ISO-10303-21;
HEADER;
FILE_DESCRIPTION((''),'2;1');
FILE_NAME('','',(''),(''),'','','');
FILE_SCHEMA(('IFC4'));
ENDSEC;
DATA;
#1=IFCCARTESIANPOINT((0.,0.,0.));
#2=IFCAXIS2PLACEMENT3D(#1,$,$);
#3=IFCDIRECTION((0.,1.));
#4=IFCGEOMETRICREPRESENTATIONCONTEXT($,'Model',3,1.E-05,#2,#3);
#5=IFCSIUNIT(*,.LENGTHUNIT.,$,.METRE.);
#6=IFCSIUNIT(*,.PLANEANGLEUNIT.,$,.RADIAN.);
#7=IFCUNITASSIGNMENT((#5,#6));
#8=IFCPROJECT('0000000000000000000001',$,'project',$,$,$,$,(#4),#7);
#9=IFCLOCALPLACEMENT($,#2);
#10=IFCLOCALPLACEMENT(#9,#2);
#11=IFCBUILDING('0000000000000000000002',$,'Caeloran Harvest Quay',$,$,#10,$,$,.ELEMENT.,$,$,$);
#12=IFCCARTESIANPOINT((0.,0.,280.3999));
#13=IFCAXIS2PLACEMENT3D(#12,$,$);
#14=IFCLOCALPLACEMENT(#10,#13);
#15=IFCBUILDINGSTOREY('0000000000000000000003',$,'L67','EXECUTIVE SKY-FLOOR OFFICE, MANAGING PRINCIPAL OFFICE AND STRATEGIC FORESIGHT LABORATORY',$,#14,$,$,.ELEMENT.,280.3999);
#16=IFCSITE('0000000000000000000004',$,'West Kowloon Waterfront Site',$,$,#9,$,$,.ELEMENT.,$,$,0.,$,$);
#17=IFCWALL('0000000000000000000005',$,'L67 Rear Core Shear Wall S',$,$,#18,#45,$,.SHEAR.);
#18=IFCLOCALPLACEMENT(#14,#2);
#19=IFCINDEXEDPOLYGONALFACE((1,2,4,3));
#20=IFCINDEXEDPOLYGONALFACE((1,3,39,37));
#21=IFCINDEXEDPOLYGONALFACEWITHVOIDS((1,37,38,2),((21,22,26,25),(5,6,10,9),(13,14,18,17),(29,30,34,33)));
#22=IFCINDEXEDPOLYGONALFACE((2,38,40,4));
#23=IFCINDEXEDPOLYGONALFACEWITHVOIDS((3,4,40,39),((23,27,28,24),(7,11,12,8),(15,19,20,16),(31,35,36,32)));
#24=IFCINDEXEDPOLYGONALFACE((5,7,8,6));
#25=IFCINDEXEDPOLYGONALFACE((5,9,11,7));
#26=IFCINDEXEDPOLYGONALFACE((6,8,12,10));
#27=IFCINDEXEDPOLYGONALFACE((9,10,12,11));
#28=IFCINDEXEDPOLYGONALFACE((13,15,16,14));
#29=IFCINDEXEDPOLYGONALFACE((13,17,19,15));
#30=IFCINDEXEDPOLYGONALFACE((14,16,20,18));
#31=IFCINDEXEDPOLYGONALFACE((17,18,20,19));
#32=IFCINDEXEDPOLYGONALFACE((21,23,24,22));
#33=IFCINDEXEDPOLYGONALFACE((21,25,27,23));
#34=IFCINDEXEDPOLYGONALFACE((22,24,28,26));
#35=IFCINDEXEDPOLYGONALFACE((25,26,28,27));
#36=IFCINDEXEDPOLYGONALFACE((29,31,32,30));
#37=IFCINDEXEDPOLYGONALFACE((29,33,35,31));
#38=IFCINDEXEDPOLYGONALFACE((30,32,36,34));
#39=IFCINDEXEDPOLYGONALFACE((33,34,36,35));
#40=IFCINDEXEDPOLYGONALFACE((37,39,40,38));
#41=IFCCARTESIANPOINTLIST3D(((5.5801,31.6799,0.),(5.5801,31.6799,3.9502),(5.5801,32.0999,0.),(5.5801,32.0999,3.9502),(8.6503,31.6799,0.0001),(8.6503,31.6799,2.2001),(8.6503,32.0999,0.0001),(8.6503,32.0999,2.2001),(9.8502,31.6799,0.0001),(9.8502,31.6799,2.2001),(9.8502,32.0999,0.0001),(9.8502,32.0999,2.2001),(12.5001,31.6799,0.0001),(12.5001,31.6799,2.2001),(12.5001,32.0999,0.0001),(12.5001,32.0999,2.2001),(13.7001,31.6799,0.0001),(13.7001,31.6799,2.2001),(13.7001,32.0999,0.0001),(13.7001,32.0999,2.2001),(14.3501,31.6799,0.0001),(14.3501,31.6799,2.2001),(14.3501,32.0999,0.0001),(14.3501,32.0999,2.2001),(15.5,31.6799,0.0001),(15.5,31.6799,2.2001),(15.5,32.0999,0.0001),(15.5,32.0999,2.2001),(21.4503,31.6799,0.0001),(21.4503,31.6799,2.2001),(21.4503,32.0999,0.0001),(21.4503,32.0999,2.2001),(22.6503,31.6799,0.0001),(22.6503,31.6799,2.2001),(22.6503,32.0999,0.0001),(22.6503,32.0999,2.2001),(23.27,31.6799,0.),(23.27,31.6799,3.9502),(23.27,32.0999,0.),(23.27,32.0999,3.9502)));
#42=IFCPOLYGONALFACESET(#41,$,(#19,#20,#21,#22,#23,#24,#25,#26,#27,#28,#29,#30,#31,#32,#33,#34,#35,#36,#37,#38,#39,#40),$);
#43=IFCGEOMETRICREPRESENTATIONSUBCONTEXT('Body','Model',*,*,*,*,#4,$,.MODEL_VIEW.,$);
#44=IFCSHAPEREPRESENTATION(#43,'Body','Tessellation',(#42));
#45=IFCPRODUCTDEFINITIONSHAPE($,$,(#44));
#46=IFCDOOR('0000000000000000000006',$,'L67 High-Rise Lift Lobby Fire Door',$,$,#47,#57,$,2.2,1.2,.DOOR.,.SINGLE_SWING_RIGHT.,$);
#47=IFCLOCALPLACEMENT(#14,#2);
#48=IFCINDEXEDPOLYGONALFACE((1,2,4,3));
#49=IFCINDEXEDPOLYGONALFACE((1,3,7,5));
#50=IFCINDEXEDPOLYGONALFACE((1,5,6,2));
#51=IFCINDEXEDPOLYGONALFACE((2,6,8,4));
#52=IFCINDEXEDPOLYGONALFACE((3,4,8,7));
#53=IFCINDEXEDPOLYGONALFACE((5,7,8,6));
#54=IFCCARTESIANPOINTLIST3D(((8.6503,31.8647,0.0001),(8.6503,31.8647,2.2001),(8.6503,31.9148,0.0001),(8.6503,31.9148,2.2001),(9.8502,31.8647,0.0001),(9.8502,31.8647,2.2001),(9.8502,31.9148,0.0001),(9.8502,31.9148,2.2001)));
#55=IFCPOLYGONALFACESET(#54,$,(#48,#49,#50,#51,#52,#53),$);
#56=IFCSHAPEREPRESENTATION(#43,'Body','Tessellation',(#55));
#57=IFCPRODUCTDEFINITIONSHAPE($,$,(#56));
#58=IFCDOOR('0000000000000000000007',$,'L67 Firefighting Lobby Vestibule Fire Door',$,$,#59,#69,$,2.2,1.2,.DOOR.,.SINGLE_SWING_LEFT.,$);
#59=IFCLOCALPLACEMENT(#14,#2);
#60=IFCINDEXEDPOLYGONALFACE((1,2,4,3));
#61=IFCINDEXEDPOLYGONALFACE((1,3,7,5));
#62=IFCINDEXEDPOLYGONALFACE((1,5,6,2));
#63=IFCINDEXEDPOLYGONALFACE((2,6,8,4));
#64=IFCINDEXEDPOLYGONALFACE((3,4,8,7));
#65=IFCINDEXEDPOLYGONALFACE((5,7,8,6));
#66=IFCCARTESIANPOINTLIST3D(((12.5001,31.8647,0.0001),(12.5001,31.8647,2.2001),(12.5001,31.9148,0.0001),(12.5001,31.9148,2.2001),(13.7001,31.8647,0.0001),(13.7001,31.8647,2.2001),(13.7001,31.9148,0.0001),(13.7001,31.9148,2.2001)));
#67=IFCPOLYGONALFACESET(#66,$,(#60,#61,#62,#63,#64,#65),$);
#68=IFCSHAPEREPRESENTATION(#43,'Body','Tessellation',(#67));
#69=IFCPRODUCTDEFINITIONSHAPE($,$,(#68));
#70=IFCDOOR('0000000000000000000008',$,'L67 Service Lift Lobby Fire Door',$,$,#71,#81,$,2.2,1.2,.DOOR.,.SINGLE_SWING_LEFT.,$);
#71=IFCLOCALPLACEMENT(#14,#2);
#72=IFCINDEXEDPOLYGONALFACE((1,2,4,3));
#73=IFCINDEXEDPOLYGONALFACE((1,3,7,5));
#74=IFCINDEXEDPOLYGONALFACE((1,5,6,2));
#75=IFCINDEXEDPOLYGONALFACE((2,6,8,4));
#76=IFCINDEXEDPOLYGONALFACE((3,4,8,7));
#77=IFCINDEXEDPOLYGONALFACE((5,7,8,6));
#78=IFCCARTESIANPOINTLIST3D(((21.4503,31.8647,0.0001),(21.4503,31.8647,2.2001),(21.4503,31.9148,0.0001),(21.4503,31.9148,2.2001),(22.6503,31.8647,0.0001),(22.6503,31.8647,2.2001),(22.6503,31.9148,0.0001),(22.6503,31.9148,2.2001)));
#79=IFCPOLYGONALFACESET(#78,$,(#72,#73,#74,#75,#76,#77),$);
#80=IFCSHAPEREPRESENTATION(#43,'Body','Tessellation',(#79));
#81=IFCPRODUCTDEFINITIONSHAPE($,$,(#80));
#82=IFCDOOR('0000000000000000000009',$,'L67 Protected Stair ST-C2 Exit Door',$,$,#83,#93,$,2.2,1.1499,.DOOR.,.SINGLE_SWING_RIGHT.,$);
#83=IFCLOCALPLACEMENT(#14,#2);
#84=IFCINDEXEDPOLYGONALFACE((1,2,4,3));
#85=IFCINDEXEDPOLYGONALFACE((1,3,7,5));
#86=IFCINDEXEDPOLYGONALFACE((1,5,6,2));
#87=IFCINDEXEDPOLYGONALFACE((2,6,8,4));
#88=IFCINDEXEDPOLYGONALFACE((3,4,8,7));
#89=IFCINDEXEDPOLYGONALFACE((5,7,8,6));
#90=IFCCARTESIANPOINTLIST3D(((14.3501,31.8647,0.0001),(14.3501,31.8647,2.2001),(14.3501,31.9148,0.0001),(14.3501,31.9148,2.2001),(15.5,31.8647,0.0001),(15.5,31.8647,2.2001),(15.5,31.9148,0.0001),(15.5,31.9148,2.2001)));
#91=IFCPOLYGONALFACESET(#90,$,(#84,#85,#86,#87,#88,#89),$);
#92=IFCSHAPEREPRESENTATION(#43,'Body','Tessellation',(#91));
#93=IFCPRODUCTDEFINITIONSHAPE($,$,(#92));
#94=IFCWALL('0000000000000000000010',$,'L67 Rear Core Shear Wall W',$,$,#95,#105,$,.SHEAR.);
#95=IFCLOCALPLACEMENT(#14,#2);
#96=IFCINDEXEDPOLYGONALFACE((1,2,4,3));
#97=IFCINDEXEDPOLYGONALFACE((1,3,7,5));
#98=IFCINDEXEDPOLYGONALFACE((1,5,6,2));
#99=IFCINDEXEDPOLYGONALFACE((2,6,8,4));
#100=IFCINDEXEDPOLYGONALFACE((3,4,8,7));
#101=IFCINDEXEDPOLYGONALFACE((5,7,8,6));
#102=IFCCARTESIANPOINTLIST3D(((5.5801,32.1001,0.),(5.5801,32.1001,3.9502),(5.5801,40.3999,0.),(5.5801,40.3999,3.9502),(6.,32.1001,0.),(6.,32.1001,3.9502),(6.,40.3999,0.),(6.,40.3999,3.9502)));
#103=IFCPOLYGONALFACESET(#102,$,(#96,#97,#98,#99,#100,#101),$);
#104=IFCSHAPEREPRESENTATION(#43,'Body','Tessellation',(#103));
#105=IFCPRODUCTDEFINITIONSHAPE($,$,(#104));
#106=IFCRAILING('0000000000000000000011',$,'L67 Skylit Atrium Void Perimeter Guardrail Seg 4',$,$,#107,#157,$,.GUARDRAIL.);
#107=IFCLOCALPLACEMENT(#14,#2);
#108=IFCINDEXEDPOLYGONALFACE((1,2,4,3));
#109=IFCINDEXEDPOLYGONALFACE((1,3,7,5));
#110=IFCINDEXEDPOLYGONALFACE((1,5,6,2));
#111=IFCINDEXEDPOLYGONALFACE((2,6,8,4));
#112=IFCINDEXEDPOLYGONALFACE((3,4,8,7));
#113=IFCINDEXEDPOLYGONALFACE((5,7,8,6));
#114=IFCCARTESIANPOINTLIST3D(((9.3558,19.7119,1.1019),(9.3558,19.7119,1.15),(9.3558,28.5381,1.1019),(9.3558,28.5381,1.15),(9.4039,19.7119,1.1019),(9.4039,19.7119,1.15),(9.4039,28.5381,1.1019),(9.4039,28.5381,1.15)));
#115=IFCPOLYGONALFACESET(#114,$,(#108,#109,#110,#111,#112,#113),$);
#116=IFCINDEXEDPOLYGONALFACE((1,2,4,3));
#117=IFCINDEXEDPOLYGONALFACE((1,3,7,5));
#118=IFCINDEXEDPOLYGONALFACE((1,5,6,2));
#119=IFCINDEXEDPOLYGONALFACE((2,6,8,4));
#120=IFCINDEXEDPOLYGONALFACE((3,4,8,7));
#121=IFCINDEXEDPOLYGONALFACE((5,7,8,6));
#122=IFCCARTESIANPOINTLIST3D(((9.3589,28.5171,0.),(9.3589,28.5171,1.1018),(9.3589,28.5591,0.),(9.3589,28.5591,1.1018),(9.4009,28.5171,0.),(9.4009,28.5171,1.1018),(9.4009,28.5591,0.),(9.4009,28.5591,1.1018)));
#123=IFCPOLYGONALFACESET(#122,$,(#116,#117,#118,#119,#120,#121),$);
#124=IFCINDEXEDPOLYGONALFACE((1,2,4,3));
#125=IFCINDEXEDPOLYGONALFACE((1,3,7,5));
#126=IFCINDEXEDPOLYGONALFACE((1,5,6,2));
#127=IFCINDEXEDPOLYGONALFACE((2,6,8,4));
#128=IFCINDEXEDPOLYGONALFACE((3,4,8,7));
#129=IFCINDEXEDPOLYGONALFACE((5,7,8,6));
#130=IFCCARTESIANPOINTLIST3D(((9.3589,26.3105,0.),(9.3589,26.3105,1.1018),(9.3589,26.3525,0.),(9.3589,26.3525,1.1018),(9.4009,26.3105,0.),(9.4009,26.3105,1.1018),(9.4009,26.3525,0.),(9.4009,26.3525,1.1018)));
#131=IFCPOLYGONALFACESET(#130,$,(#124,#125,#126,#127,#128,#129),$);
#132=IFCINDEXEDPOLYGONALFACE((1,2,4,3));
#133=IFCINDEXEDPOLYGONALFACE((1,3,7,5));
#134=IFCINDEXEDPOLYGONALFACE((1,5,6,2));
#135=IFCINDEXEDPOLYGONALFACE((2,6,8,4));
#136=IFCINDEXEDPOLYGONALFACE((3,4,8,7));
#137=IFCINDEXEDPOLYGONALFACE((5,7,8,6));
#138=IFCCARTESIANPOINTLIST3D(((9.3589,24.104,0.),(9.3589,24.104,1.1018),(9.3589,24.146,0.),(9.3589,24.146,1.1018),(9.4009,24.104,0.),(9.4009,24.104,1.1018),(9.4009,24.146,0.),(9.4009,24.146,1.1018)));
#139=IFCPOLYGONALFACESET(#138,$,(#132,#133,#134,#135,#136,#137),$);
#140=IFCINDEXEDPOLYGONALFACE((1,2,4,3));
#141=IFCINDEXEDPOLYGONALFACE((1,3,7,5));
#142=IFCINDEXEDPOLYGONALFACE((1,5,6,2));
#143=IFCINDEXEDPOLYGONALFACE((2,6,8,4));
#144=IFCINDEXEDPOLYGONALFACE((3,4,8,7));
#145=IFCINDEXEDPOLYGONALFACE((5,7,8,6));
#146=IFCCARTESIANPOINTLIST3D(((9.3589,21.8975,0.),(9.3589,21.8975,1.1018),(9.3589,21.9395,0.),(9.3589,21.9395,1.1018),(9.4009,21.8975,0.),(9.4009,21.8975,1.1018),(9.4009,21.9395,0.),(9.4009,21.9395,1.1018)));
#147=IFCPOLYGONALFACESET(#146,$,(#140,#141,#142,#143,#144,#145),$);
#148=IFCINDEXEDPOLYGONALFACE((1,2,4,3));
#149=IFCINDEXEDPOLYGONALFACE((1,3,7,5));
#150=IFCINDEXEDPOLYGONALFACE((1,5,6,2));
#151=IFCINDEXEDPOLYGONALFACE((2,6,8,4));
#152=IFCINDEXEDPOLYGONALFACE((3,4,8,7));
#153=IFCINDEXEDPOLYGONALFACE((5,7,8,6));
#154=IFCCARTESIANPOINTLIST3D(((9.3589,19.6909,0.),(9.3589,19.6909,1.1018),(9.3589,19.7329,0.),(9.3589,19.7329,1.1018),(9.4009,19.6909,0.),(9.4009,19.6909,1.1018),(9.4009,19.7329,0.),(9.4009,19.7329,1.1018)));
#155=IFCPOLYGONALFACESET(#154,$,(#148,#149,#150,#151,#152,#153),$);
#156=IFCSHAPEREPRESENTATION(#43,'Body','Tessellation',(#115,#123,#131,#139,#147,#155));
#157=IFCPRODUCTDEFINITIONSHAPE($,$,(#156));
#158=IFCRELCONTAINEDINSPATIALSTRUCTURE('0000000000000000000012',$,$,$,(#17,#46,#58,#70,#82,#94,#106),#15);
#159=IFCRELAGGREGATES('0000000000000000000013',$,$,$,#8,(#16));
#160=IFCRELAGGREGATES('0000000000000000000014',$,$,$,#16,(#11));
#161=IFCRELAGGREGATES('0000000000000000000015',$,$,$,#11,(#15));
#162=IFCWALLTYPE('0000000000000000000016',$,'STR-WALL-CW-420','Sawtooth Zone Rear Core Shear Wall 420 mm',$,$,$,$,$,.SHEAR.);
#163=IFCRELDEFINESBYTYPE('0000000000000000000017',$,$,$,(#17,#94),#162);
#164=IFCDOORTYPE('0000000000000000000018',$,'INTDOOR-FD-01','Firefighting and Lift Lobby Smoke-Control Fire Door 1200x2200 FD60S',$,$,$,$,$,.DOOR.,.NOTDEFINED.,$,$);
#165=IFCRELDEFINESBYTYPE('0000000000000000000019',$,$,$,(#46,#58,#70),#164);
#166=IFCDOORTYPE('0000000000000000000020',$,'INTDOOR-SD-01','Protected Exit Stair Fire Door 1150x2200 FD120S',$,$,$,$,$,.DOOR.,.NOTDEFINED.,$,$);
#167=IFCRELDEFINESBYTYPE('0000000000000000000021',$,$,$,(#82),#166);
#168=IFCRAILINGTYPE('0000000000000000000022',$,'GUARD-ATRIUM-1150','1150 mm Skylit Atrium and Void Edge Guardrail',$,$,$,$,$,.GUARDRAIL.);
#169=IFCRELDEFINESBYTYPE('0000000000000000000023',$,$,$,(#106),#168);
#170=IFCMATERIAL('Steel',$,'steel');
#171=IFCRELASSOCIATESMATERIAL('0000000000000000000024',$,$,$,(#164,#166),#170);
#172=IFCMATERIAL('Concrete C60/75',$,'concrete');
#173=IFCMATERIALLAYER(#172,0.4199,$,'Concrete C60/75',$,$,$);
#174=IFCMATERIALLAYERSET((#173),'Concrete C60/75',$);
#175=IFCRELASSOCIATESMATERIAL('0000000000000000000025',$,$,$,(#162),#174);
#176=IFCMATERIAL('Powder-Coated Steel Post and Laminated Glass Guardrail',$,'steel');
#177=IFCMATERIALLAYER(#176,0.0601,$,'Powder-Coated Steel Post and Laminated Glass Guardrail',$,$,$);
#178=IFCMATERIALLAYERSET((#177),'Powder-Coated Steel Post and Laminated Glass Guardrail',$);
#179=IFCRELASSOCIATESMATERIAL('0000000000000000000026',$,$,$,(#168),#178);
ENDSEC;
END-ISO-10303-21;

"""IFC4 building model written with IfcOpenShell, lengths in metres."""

from ifc_helpers import new_model, si_unit, direction, frame, frame_2d, origin, origin_2d, place, context, subcontext, project, spatial, rectangle, extrude, material, layer, layer_set, type_object, element, fill, save


model = new_model("IFC4")

# Units and contexts
model_context = context("Model", 3, precision=1e-05, world=origin(), true_north=direction((0.0, 1.0)))
body_context = subcontext(model_context, "Body", "Model", "MODEL_VIEW")
ifc_project = project(units=[si_unit("LENGTHUNIT", "METRE"), si_unit("PLANEANGLEUNIT", "RADIAN")], contexts=[model_context])

# Site, building, storey
site_placement = place(None, origin())
site = spatial("IfcSite", under=ifc_project, at=site_placement, Name="West Kowloon Waterfront Site", CompositionType="ELEMENT", RefElevation=0.0)
building_placement = place(site_placement, origin())
building = spatial("IfcBuilding", under=site, at=building_placement, Name="Caeloran Harvest Quay", CompositionType="ELEMENT")
storey_placement = place(building_placement, frame((0.0, 0.0, 280.3999)))
storey = spatial("IfcBuildingStorey", under=building, at=storey_placement, Name="L67", Description="EXECUTIVE SKY-FLOOR OFFICE, MANAGING PRINCIPAL OFFICE AND STRATEGIC FORESIGHT LABORATORY", CompositionType="ELEMENT", Elevation=280.3999)

# Shared definitions
ifc_material_1 = material(Name="Concrete C60/75", Category="concrete")

# Shared definitions
ifc_material_2 = material(Name="Steel", Category="steel")
door_type_1 = type_object("IfcDoorType", Name="INTDOOR-FD-01", Description="Firefighting and Lift Lobby Smoke-Control Fire Door 1200x2200 FD60S", OperationType="NOTDEFINED", PredefinedType="DOOR", material=ifc_material_2)

# Wall, openings, doors
ifc_layer_1 = layer(ifc_material_1, 0.4199, Name="Concrete C60/75")
ifc_layer_set_1 = layer_set([ifc_layer_1], Name="Concrete C60/75")
wall_type_1 = type_object("IfcWallType", Name="STR-WALL-CW-420", Description="Sawtooth Zone Rear Core Shear Wall 420 mm", PredefinedType="SHEAR", material=ifc_layer_set_1)
wall_1_placement = place(storey_placement, frame((5.5801, 31.8899, 0.0), z_axis=(0.0, 0.0, 1.0), x_axis=(1.0, 0.0, 0.0)))
wall_1 = element("IfcWall", 1, at=wall_1_placement, inside=storey, type_object=wall_type_1, Name="L67 Rear Core Shear Wall S", PredefinedType="SHEAR", context=body_context, shape_type="SweptSolid", body=[
    extrude(rectangle(XDim=17.6899, YDim=0.4199, at=frame_2d((8.845, 0.0))), origin(), (0.0, 0.0, 1.0), 3.9502),
])
opening_1_placement = place(wall_1_placement, frame((3.0701, 0.0, 0.0)))
opening_1 = element("IfcOpeningElement", 2, at=opening_1_placement, cuts=wall_1, PredefinedType="OPENING", context=body_context, shape_type="SweptSolid", body=[
    extrude(rectangle(XDim=1.2, YDim=2.2, at=frame_2d((0.6001, 1.1001))), frame((0.0, 0.22, 0.0), z_axis=(0.0, -1.0, 0.0), x_axis=(1.0, 0.0, 0.0)), (0.0, 0.0, 1.0), 0.4399),
])
opening_2_placement = place(wall_1_placement, frame((6.9199, 0.0, 0.0)))
opening_2 = element("IfcOpeningElement", 3, at=opening_2_placement, cuts=wall_1, PredefinedType="OPENING", context=body_context, shape_type="SweptSolid", body=[
    extrude(rectangle(XDim=1.2, YDim=2.2, at=frame_2d((0.6001, 1.1001))), frame((0.0, 0.22, 0.0), z_axis=(0.0, -1.0, 0.0), x_axis=(1.0, 0.0, 0.0)), (0.0, 0.0, 1.0), 0.4399),
])
opening_3_placement = place(wall_1_placement, frame((8.77, 0.0, 0.0)))
opening_3 = element("IfcOpeningElement", 4, at=opening_3_placement, cuts=wall_1, PredefinedType="OPENING", context=body_context, shape_type="SweptSolid", body=[
    extrude(rectangle(XDim=1.1499, YDim=2.2, at=frame_2d((0.575, 1.1001))), frame((0.0, 0.22, 0.0), z_axis=(0.0, -1.0, 0.0), x_axis=(1.0, 0.0, 0.0)), (0.0, 0.0, 1.0), 0.4399),
])
opening_4_placement = place(wall_1_placement, frame((15.8701, 0.0, 0.0)))
opening_4 = element("IfcOpeningElement", 5, at=opening_4_placement, cuts=wall_1, PredefinedType="OPENING", context=body_context, shape_type="SweptSolid", body=[
    extrude(rectangle(XDim=1.2, YDim=2.2, at=frame_2d((0.6001, 1.1001))), frame((0.0, 0.22, 0.0), z_axis=(0.0, -1.0, 0.0), x_axis=(1.0, 0.0, 0.0)), (0.0, 0.0, 1.0), 0.4399),
])
door_1_placement = place(opening_1_placement, origin())
door_1 = element("IfcDoor", 6, at=door_1_placement, inside=storey, type_object=door_type_1, Name="L67 High-Rise Lift Lobby Fire Door", OperationType="SINGLE_SWING_RIGHT", OverallHeight=2.2, OverallWidth=1.2, PredefinedType="DOOR", context=body_context, shape_type="SweptSolid", body=[
    extrude(rectangle(XDim=1.2, YDim=2.2, at=frame_2d((0.6001, 1.1001))), frame((0.0, 0.0249, 0.0), z_axis=(0.0, -1.0, 0.0), x_axis=(1.0, 0.0, 0.0)), (0.0, 0.0, 1.0), 0.05),
])
fill(opening_1, door_1)
door_2_placement = place(opening_2_placement, origin())
door_2 = element("IfcDoor", 7, at=door_2_placement, inside=storey, type_object=door_type_1, Name="L67 Firefighting Lobby Vestibule Fire Door", OperationType="SINGLE_SWING_LEFT", OverallHeight=2.2, OverallWidth=1.2, PredefinedType="DOOR", context=body_context, shape_type="SweptSolid", body=[
    extrude(rectangle(XDim=1.2, YDim=2.2, at=frame_2d((0.6001, 1.1001))), frame((0.0, 0.0249, 0.0), z_axis=(0.0, -1.0, 0.0), x_axis=(1.0, 0.0, 0.0)), (0.0, 0.0, 1.0), 0.05),
])
fill(opening_2, door_2)
door_3_placement = place(opening_4_placement, origin())
door_3 = element("IfcDoor", 8, at=door_3_placement, inside=storey, type_object=door_type_1, Name="L67 Service Lift Lobby Fire Door", OperationType="SINGLE_SWING_LEFT", OverallHeight=2.2, OverallWidth=1.2, PredefinedType="DOOR", context=body_context, shape_type="SweptSolid", body=[
    extrude(rectangle(XDim=1.2, YDim=2.2, at=frame_2d((0.6001, 1.1001))), frame((0.0, 0.0249, 0.0), z_axis=(0.0, -1.0, 0.0), x_axis=(1.0, 0.0, 0.0)), (0.0, 0.0, 1.0), 0.05),
])
fill(opening_4, door_3)
door_type_2 = type_object("IfcDoorType", Name="INTDOOR-SD-01", Description="Protected Exit Stair Fire Door 1150x2200 FD120S", OperationType="NOTDEFINED", PredefinedType="DOOR", material=ifc_material_2)
door_4_placement = place(opening_3_placement, origin())
door_4 = element("IfcDoor", 9, at=door_4_placement, inside=storey, type_object=door_type_2, Name="L67 Protected Stair ST-C2 Exit Door", OperationType="SINGLE_SWING_RIGHT", OverallHeight=2.2, OverallWidth=1.1499, PredefinedType="DOOR", context=body_context, shape_type="SweptSolid", body=[
    extrude(rectangle(XDim=1.1499, YDim=2.2, at=frame_2d((0.575, 1.1001))), frame((0.0, 0.0249, 0.0), z_axis=(0.0, -1.0, 0.0), x_axis=(1.0, 0.0, 0.0)), (0.0, 0.0, 1.0), 0.05),
])
fill(opening_3, door_4)

# Wall
wall_2_placement = place(storey_placement, frame((5.79, 32.1001, 0.0), z_axis=(0.0, 0.0, 1.0), x_axis=(0.0, 1.0, 0.0)))
element("IfcWall", 10, at=wall_2_placement, inside=storey, type_object=wall_type_1, Name="L67 Rear Core Shear Wall W", PredefinedType="SHEAR", context=body_context, shape_type="SweptSolid", body=[
    extrude(rectangle(XDim=8.2998, YDim=0.4199, at=frame_2d((4.1499, 0.0))), origin(), (0.0, 0.0, 1.0), 3.9502),
])

# Railing
ifc_material_3 = material(Name="Powder-Coated Steel Post and Laminated Glass Guardrail", Category="steel")
ifc_layer_2 = layer(ifc_material_3, 0.0601, Name="Powder-Coated Steel Post and Laminated Glass Guardrail")
ifc_layer_set_2 = layer_set([ifc_layer_2], Name="Powder-Coated Steel Post and Laminated Glass Guardrail")
railing_type = type_object("IfcRailingType", Name="GUARD-ATRIUM-1150", Description="1150 mm Skylit Atrium and Void Edge Guardrail", PredefinedType="GUARDRAIL", material=ifc_layer_set_2)
railing_placement = place(storey_placement, frame((9.3799, 28.5381, 0.0)))
element("IfcRailing", 11, at=railing_placement, inside=storey, type_object=railing_type, Name="L67 Skylit Atrium Void Perimeter Guardrail Seg 4", PredefinedType="GUARDRAIL", context=body_context, shape_type="SweptSolid", body=[
    extrude(rectangle(XDim=0.0481, YDim=0.0481, at=origin_2d()), frame((0.0, 0.0, 1.126), z_axis=(0.0, -1.0, 0.0), x_axis=(1.0, 0.0, 0.0)), (0.0, 0.0, 1.0), 8.8262),
    extrude(rectangle(XDim=0.042, YDim=0.042, at=origin_2d()), origin(), (0.0, 0.0, 1.0), 1.1018),
    extrude(rectangle(XDim=0.042, YDim=0.042, at=origin_2d()), frame((0.0, -2.2065, 0.0)), (0.0, 0.0, 1.0), 1.1018),
    extrude(rectangle(XDim=0.042, YDim=0.042, at=origin_2d()), frame((0.0, -4.4131, 0.0)), (0.0, 0.0, 1.0), 1.1018),
    extrude(rectangle(XDim=0.042, YDim=0.042, at=origin_2d()), frame((0.0, -6.6196, 0.0)), (0.0, 0.0, 1.0), 1.1018),
    extrude(rectangle(XDim=0.042, YDim=0.042, at=origin_2d()), frame((0.0, -8.8262, 0.0)), (0.0, 0.0, 1.0), 1.1018),
])

save(model, "model.ifc")
